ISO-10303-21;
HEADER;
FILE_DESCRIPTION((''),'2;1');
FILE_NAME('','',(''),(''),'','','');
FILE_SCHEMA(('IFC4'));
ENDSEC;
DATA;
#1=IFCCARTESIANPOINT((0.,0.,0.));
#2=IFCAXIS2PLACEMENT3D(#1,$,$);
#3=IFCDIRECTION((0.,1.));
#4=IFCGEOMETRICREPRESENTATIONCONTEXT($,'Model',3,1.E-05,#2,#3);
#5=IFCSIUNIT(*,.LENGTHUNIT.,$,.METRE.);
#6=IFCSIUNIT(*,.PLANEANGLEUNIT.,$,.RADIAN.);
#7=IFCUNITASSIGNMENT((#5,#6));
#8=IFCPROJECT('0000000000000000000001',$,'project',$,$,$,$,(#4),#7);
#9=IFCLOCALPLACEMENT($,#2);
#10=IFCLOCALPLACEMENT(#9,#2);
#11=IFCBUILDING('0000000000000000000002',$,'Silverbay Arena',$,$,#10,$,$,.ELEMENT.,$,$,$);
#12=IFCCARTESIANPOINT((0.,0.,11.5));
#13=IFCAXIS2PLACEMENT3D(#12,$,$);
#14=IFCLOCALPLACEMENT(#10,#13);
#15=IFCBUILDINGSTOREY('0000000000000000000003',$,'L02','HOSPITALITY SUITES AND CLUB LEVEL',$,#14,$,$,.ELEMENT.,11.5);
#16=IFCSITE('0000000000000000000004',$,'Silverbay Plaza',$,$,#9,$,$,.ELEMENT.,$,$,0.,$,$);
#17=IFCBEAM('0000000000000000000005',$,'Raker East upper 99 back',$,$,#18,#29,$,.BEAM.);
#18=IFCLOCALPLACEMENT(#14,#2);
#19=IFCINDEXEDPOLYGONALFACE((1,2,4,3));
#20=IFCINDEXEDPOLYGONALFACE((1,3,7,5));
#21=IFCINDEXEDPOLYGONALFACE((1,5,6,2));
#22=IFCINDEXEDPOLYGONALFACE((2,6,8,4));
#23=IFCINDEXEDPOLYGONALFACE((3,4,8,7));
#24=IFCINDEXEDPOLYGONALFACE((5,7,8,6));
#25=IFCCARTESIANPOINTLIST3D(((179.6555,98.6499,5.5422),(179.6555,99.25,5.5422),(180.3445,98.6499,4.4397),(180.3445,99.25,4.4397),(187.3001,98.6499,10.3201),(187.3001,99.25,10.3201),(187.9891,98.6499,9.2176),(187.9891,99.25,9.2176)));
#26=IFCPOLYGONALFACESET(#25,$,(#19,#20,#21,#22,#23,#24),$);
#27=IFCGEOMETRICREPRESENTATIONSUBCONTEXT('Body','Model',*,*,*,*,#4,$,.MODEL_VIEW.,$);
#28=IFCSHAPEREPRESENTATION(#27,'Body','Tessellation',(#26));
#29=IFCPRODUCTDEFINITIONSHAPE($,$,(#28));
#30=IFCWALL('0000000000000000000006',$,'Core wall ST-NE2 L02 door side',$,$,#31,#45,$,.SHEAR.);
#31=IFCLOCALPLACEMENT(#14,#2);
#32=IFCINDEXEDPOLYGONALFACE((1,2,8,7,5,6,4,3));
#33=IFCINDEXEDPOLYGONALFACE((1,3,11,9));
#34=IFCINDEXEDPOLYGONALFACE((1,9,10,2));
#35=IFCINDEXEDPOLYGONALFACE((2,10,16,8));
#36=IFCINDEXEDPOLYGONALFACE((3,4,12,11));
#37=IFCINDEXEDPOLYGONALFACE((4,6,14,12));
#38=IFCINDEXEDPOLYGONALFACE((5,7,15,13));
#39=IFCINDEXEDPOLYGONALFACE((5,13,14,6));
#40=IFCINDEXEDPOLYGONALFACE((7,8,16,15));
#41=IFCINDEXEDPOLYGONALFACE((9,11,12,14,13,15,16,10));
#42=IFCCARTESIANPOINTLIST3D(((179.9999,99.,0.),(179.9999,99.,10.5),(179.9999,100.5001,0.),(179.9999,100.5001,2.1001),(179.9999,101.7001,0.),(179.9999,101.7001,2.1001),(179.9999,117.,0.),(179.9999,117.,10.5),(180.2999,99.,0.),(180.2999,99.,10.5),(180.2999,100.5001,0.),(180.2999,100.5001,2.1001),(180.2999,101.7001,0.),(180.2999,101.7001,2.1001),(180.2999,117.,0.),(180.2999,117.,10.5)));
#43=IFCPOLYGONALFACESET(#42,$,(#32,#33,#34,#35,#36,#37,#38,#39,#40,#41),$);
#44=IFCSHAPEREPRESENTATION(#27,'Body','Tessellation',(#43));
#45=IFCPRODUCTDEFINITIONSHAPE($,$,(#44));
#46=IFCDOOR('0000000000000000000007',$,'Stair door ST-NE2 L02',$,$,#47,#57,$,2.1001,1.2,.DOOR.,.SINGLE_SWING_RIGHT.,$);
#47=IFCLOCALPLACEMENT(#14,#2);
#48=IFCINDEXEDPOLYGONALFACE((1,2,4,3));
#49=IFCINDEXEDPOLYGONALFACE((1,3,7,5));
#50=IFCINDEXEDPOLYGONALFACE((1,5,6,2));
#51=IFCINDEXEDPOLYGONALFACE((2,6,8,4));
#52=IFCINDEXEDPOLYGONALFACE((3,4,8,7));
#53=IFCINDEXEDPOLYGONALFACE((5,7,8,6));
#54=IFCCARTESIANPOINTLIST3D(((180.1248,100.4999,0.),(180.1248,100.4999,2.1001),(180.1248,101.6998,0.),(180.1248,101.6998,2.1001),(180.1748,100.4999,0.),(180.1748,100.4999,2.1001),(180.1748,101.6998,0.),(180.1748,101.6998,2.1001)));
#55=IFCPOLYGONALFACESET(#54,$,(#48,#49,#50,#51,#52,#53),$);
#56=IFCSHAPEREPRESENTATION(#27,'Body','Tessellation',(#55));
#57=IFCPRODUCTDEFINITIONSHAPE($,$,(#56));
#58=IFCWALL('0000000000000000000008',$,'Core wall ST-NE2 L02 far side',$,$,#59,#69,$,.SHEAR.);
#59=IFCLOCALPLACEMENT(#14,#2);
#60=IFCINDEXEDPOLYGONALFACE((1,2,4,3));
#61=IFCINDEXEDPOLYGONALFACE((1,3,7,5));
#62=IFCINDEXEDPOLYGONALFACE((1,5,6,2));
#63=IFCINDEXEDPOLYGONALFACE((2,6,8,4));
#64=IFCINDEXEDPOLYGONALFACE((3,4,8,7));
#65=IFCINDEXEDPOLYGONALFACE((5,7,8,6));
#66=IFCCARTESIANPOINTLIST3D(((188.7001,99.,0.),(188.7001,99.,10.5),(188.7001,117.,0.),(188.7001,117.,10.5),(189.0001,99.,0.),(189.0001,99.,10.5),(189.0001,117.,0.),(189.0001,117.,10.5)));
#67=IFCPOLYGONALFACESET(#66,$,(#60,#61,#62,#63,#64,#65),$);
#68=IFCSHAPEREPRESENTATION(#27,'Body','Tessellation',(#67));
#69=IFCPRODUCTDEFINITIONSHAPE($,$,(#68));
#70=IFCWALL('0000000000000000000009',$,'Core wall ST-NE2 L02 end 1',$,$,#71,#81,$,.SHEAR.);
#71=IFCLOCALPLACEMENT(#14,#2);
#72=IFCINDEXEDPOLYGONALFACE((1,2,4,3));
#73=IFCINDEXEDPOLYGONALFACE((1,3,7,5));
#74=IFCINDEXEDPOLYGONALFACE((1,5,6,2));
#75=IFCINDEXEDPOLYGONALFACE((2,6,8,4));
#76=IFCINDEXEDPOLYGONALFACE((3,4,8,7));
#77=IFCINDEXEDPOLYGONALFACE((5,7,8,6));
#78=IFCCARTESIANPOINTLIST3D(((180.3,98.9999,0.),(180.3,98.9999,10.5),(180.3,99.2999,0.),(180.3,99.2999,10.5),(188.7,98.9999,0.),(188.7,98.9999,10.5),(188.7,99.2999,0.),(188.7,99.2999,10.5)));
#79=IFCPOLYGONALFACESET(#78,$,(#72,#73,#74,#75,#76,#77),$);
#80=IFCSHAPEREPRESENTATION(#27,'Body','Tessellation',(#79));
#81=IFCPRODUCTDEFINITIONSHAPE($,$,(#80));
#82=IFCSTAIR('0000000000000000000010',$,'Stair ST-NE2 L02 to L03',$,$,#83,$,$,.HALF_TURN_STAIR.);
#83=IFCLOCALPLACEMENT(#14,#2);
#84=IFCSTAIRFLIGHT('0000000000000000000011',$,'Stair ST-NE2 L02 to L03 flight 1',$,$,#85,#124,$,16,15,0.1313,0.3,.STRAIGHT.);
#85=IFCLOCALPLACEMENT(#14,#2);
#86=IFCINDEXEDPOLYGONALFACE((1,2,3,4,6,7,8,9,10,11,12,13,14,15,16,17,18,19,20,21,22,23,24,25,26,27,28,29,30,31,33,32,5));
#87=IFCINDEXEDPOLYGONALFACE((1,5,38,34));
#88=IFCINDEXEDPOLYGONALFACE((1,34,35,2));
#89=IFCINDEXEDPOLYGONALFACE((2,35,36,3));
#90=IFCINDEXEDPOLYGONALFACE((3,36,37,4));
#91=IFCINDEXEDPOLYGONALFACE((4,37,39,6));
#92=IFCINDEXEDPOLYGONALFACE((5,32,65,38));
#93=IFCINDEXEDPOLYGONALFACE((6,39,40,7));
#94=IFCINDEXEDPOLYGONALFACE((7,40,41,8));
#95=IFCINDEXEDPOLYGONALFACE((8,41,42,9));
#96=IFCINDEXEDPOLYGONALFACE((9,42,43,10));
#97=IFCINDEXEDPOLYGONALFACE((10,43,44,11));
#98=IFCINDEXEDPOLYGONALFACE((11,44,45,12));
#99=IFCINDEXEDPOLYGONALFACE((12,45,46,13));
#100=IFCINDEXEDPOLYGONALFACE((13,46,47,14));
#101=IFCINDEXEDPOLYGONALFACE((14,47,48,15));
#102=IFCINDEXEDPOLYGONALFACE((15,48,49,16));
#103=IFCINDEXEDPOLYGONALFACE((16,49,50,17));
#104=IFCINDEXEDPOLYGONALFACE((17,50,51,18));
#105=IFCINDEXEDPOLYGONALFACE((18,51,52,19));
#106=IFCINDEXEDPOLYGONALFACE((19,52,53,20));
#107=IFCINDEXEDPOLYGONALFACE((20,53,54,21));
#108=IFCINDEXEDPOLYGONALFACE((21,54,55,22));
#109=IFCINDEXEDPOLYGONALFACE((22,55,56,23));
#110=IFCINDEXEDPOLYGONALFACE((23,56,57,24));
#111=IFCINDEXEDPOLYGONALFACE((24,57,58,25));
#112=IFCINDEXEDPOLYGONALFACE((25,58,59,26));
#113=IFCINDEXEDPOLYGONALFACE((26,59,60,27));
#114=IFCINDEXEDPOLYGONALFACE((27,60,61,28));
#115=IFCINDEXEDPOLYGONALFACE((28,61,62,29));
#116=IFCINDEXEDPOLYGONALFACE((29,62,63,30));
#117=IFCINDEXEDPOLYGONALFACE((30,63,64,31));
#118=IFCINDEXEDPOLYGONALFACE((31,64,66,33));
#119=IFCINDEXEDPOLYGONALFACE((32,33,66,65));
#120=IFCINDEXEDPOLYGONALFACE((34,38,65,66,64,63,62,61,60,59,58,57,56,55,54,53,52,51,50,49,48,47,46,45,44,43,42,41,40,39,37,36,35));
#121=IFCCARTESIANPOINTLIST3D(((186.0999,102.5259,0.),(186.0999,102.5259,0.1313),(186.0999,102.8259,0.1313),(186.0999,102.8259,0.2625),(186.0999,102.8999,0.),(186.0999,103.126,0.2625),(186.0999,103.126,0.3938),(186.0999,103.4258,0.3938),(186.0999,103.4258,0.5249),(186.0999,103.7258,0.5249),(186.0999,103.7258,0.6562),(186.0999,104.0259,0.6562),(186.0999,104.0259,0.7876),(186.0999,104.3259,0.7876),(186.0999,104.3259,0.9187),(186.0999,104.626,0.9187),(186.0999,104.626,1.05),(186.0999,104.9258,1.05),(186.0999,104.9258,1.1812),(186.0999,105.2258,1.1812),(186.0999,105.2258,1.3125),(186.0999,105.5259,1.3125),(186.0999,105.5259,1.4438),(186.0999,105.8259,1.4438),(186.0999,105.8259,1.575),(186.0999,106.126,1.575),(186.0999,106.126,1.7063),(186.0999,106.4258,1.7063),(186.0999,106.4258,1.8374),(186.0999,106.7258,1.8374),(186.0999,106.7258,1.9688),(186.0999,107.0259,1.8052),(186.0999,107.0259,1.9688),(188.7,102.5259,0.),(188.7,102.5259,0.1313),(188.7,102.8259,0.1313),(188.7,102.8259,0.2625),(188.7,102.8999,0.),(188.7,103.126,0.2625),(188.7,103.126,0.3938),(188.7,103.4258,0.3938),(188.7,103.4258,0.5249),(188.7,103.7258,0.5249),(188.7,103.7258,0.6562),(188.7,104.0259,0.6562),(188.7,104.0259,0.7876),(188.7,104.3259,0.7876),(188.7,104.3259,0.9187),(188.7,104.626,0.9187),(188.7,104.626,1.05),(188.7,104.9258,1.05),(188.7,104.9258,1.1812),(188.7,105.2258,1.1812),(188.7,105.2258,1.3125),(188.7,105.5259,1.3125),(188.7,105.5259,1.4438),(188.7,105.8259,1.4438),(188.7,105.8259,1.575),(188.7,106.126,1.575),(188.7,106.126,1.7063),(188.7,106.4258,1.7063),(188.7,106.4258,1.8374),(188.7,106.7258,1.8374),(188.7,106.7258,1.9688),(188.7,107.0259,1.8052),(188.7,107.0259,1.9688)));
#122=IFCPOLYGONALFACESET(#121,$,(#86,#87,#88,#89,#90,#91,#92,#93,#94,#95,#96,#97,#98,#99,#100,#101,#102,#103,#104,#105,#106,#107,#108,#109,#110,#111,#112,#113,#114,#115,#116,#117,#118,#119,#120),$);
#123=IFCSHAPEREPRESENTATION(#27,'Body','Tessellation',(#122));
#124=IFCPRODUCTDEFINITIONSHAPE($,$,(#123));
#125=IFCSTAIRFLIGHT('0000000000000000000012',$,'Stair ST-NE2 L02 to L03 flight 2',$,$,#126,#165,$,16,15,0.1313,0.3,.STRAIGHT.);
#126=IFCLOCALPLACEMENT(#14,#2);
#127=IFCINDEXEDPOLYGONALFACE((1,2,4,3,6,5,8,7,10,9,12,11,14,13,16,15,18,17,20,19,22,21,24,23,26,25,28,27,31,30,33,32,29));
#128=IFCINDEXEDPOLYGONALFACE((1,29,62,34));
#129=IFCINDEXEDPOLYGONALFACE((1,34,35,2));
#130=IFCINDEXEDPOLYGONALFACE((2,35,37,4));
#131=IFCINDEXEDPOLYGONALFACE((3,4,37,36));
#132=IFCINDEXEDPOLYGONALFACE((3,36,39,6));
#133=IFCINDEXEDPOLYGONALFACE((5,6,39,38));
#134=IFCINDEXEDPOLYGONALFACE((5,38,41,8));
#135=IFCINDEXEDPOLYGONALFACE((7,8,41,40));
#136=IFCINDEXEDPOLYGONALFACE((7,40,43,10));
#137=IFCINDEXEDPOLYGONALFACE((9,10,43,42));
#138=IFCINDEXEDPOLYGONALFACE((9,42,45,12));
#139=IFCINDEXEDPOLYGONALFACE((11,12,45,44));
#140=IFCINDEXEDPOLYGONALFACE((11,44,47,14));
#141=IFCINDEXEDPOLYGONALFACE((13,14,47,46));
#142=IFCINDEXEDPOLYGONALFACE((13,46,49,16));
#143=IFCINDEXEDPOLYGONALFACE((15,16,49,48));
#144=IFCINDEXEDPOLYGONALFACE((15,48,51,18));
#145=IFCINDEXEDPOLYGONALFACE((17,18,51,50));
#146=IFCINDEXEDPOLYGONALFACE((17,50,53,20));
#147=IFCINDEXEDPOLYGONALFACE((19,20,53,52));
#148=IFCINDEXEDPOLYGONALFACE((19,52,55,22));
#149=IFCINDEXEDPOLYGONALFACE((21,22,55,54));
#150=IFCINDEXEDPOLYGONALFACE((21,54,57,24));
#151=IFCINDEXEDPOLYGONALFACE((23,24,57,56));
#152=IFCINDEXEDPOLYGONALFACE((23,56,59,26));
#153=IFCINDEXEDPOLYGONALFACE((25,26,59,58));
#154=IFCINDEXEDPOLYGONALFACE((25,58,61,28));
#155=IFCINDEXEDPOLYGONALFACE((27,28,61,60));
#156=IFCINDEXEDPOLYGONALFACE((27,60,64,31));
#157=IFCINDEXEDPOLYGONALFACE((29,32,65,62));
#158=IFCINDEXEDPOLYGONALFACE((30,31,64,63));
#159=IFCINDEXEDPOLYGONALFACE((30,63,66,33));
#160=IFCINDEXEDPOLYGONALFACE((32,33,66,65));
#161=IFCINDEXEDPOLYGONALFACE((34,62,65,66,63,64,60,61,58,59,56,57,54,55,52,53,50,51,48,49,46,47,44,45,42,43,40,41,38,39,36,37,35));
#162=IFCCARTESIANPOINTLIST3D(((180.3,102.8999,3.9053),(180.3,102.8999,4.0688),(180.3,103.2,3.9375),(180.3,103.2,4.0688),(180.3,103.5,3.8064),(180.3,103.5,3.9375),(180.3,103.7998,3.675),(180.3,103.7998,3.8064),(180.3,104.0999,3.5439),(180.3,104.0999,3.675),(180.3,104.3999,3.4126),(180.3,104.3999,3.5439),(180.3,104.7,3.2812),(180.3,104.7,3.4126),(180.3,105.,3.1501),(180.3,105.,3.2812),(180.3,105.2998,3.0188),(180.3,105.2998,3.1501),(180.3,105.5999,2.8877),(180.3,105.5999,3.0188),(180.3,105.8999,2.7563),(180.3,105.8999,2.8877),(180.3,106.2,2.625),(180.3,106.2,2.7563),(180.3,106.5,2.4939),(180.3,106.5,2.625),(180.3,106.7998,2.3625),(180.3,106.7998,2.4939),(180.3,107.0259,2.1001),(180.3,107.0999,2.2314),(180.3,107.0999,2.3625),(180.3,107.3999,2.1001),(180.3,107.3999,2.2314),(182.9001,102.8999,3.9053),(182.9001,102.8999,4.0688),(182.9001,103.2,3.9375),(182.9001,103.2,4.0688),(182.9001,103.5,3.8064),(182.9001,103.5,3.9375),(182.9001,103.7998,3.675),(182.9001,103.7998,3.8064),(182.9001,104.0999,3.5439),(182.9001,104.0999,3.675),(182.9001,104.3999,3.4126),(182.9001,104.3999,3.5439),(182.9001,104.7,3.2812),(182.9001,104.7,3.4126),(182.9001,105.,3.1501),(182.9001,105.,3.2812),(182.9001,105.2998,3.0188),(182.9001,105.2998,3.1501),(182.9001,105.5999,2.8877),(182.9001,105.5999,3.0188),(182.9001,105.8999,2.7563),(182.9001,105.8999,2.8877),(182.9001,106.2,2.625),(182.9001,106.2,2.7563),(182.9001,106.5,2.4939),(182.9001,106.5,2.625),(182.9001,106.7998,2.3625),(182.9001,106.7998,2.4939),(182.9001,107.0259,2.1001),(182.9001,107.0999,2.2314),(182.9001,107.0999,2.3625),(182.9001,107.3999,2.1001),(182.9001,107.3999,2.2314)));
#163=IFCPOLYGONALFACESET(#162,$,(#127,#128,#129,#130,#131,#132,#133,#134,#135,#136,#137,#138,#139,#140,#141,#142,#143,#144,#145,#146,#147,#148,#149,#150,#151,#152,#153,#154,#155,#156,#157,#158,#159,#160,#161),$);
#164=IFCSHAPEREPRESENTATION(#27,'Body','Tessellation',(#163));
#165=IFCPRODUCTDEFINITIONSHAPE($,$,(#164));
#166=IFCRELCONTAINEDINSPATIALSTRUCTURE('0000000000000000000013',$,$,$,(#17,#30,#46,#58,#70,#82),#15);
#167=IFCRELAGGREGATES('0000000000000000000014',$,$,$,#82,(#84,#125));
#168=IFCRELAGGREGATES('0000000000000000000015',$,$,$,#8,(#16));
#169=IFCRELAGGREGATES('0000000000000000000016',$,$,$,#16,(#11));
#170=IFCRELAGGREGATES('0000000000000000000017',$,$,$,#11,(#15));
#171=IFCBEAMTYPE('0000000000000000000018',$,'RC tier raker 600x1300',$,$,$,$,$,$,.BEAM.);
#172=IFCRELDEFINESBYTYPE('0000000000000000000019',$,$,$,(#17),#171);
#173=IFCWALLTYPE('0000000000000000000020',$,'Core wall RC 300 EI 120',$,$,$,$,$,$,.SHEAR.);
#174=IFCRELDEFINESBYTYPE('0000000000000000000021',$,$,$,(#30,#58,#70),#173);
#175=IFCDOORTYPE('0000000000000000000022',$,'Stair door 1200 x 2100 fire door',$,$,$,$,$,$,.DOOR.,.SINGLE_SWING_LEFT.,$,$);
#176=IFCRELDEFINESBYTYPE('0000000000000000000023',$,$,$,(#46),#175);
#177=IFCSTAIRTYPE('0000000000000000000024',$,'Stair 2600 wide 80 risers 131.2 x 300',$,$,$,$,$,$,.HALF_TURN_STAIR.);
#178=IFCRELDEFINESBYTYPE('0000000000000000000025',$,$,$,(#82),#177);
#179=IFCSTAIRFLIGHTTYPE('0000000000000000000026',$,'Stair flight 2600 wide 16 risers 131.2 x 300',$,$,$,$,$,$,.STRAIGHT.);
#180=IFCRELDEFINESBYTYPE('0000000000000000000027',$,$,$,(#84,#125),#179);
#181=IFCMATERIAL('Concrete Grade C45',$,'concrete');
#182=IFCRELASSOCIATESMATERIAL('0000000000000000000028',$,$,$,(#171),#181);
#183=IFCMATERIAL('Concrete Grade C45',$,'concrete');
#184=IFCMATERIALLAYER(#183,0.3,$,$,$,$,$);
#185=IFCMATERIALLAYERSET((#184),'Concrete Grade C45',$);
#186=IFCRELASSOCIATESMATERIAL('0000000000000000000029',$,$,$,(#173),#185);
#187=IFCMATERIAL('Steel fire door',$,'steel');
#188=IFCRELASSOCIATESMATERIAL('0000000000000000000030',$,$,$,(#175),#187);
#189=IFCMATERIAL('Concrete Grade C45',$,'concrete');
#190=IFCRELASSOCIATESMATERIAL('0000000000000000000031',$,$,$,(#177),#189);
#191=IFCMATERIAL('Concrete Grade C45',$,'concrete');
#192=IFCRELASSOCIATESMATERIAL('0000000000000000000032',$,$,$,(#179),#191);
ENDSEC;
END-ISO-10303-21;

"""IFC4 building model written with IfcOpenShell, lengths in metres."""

from ifc_helpers import new_model, si_unit, direction, frame, frame_2d, origin, origin_2d, place, context, subcontext, project, spatial, polyline, rectangle, outline, extrude, material, layer, layer_set, material_profile, profile_set, type_object, element, fill, aggregate, save


model = new_model("IFC4")

# Units and contexts
model_context = context("Model", 3, precision=1e-05, world=origin(), true_north=direction((0.0, 1.0)))
body_context = subcontext(model_context, "Body", "Model", "MODEL_VIEW")
ifc_project = project(units=[si_unit("LENGTHUNIT", "METRE"), si_unit("PLANEANGLEUNIT", "RADIAN")], contexts=[model_context])

# Site, building, storey
site_placement = place(None, origin())
site = spatial("IfcSite", under=ifc_project, at=site_placement, Name="Silverbay Plaza", CompositionType="ELEMENT", RefElevation=0.0)
building_placement = place(site_placement, origin())
building = spatial("IfcBuilding", under=site, at=building_placement, Name="Silverbay Arena", CompositionType="ELEMENT")
storey_placement = place(building_placement, frame((0.0, 0.0, 11.5)))
storey = spatial("IfcBuildingStorey", under=building, at=storey_placement, Name="L02", Description="HOSPITALITY SUITES AND CLUB LEVEL", CompositionType="ELEMENT", Elevation=11.5)

# Beam
ifc_material_1 = material(Name="Concrete Grade C45", Category="concrete")
ifc_material_profile = material_profile(ifc_material_1, rectangle(XDim=0.6001, YDim=1.3, at=origin_2d()), Name="RC 600x1300")
ifc_profile_set = profile_set([ifc_material_profile], Name="Concrete Grade C45")
beam_type = type_object("IfcBeamType", Name="RC tier raker 600x1300", PredefinedType="BEAM", material=ifc_profile_set)
beam_placement = place(storey_placement, frame((180.0, 98.95, 4.991), z_axis=(0.847998, 0.0, 0.529999), x_axis=(0.0, 1.0, 0.0)))
element("IfcBeam", 1, at=beam_placement, inside=storey, type_object=beam_type, Name="Raker East upper 99 back", PredefinedType="BEAM", context=body_context, shape_type="SweptSolid", body=[
    extrude(rectangle(XDim=0.6001, YDim=1.3, at=origin_2d()), origin(), (0.0, 0.0, 1.0), 9.0149),
])

# Wall, opening, door
ifc_material_2 = material(Name="Concrete Grade C45", Category="concrete")
ifc_layer = layer(ifc_material_2, 0.3)
ifc_layer_set = layer_set([ifc_layer], Name="Concrete Grade C45")
wall_type = type_object("IfcWallType", Name="Core wall RC 300 EI 120", PredefinedType="SHEAR", material=ifc_layer_set)
wall_1_placement = place(storey_placement, frame((180.1499, 99.0, 0.0), z_axis=(0.0, 0.0, 1.0), x_axis=(0.0, 1.0, 0.0)))
wall_1 = element("IfcWall", 2, at=wall_1_placement, inside=storey, type_object=wall_type, Name="Core wall ST-NE2 L02 door side", PredefinedType="SHEAR", context=body_context, shape_type="SweptSolid", body=[
    extrude(rectangle(XDim=18.0, YDim=0.3, at=frame_2d((9.0, 0.0))), origin(), (0.0, 0.0, 1.0), 10.5),
])
opening_placement = place(wall_1_placement, frame((1.5, 0.0, 0.0)))
opening = element("IfcOpeningElement", 3, at=opening_placement, cuts=wall_1, PredefinedType="OPENING", context=body_context, shape_type="SweptSolid", body=[
    extrude(rectangle(XDim=1.2, YDim=2.1001, at=frame_2d((0.6001, 1.05))), frame((0.0, 0.1602, 0.0), z_axis=(0.0, -1.0, 0.0), x_axis=(1.0, 0.0, 0.0)), (0.0, 0.0, 1.0), 0.3201),
])
ifc_material_3 = material(Name="Steel fire door", Category="steel")
door_type = type_object("IfcDoorType", Name="Stair door 1200 x 2100 fire door", OperationType="SINGLE_SWING_LEFT", PredefinedType="DOOR", material=ifc_material_3)
door_placement = place(opening_placement, frame((1.2, 0.0, 0.0), z_axis=(0.0, 0.0, 1.0), x_axis=(-1.0, 0.0, 0.0)))
door = element("IfcDoor", 4, at=door_placement, inside=storey, type_object=door_type, Name="Stair door ST-NE2 L02", OperationType="SINGLE_SWING_RIGHT", OverallHeight=2.1001, OverallWidth=1.2, PredefinedType="DOOR", context=body_context, shape_type="SweptSolid", body=[
    extrude(rectangle(XDim=1.2, YDim=2.1001, at=frame_2d((0.6001, 1.05))), frame((0.0, 0.0249, 0.0), z_axis=(0.0, -1.0, 0.0), x_axis=(1.0, 0.0, 0.0)), (0.0, 0.0, 1.0), 0.05),
])
fill(opening, door)

# Walls
wall_2_placement = place(storey_placement, frame((188.8501, 99.0, 0.0), z_axis=(0.0, 0.0, 1.0), x_axis=(0.0, 1.0, 0.0)))
element("IfcWall", 5, at=wall_2_placement, inside=storey, type_object=wall_type, Name="Core wall ST-NE2 L02 far side", PredefinedType="SHEAR", context=body_context, shape_type="SweptSolid", body=[
    extrude(rectangle(XDim=18.0, YDim=0.3, at=frame_2d((9.0, 0.0))), origin(), (0.0, 0.0, 1.0), 10.5),
])
wall_3_placement = place(storey_placement, frame((180.3, 99.1499, 0.0), z_axis=(0.0, 0.0, 1.0), x_axis=(1.0, 0.0, 0.0)))
element("IfcWall", 6, at=wall_3_placement, inside=storey, type_object=wall_type, Name="Core wall ST-NE2 L02 end 1", PredefinedType="SHEAR", context=body_context, shape_type="SweptSolid", body=[
    extrude(rectangle(XDim=8.3999, YDim=0.3, at=frame_2d((4.2, 0.0))), origin(), (0.0, 0.0, 1.0), 10.5),
])

# Stair, stair flights
ifc_material_4 = material(Name="Concrete Grade C45", Category="concrete")
stair_type = type_object("IfcStairType", Name="Stair 2600 wide 80 risers 131.2 x 300", PredefinedType="HALF_TURN_STAIR", material=ifc_material_4)
stair_placement = place(storey_placement, origin())
stair = element("IfcStair", 7, at=stair_placement, inside=storey, type_object=stair_type, Name="Stair ST-NE2 L02 to L03", PredefinedType="HALF_TURN_STAIR")
ifc_material_5 = material(Name="Concrete Grade C45", Category="concrete")
stair_flight_type = type_object("IfcStairFlightType", Name="Stair flight 2600 wide 16 risers 131.2 x 300", PredefinedType="STRAIGHT", material=ifc_material_5)
stair_flight_1_placement = place(storey_placement, frame((187.3999, 102.5259, 0.0), z_axis=(0.0, 0.0, 1.0), x_axis=(0.0, 1.0, 0.0)))
stair_flight_1 = element("IfcStairFlight", 8, at=stair_flight_1_placement, type_object=stair_flight_type, Name="Stair ST-NE2 L02 to L03 flight 1", NumberOfRisers=16, NumberOfTreads=15, PredefinedType="STRAIGHT", RiserHeight=0.1313, TreadLength=0.3, context=body_context, shape_type="SweptSolid", body=[
    extrude(outline(polyline([(0.0, 0.0), (0.0, 0.1313), (0.3, 0.1313), (0.3, 0.2625), (0.6001, 0.2625), (0.6001, 0.3938), (0.8999, 0.3938), (0.8999, 0.5249), (1.2, 0.5249), (1.2, 0.6562), (1.5, 0.6562), (1.5, 0.7876), (1.8, 0.7876), (1.8, 0.9187), (2.1001, 0.9187), (2.1001, 1.05), (2.3999, 1.05), (2.3999, 1.1812), (2.7, 1.1812), (2.7, 1.3125), (3.0, 1.3125), (3.0, 1.4438), (3.3, 1.4438), (3.3, 1.575), (3.6001, 1.575), (3.6001, 1.7063), (3.8999, 1.7063), (3.8999, 1.8374), (4.2, 1.8374), (4.2, 1.9688), (4.5, 1.9688), (4.5, 1.8052), (0.374, 0.0), (0.0, 0.0)])), frame((0.0, 1.3, 0.0), z_axis=(0.0, -1.0, 0.0), x_axis=(1.0, 0.0, 0.0)), (0.0, 0.0, 1.0), 2.6001),
])
stair_flight_2_placement = place(storey_placement, frame((181.6001, 107.3999, 2.1001), z_axis=(0.0, 0.0, 1.0), x_axis=(0.0, -1.0, 0.0)))
stair_flight_2 = element("IfcStairFlight", 9, at=stair_flight_2_placement, type_object=stair_flight_type, Name="Stair ST-NE2 L02 to L03 flight 2", NumberOfRisers=16, NumberOfTreads=15, PredefinedType="STRAIGHT", RiserHeight=0.1313, TreadLength=0.3, context=body_context, shape_type="SweptSolid", body=[
    extrude(outline(polyline([(0.0, 0.0), (0.0, 0.1313), (0.3, 0.1313), (0.3, 0.2625), (0.6001, 0.2625), (0.6001, 0.3938), (0.8999, 0.3938), (0.8999, 0.5249), (1.2, 0.5249), (1.2, 0.6562), (1.5, 0.6562), (1.5, 0.7876), (1.8, 0.7876), (1.8, 0.9187), (2.1001, 0.9187), (2.1001, 1.05), (2.3999, 1.05), (2.3999, 1.1812), (2.7, 1.1812), (2.7, 1.3125), (3.0, 1.3125), (3.0, 1.4438), (3.3, 1.4438), (3.3, 1.575), (3.6001, 1.575), (3.6001, 1.7063), (3.8999, 1.7063), (3.8999, 1.8374), (4.2, 1.8374), (4.2, 1.9688), (4.5, 1.9688), (4.5, 1.8052), (0.374, 0.0), (0.0, 0.0)])), frame((0.0, 1.3, 0.0), z_axis=(0.0, -1.0, 0.0), x_axis=(1.0, 0.0, 0.0)), (0.0, 0.0, 1.0), 2.6001),
])
aggregate(stair, [stair_flight_1, stair_flight_2])

save(model, "model.ifc")
